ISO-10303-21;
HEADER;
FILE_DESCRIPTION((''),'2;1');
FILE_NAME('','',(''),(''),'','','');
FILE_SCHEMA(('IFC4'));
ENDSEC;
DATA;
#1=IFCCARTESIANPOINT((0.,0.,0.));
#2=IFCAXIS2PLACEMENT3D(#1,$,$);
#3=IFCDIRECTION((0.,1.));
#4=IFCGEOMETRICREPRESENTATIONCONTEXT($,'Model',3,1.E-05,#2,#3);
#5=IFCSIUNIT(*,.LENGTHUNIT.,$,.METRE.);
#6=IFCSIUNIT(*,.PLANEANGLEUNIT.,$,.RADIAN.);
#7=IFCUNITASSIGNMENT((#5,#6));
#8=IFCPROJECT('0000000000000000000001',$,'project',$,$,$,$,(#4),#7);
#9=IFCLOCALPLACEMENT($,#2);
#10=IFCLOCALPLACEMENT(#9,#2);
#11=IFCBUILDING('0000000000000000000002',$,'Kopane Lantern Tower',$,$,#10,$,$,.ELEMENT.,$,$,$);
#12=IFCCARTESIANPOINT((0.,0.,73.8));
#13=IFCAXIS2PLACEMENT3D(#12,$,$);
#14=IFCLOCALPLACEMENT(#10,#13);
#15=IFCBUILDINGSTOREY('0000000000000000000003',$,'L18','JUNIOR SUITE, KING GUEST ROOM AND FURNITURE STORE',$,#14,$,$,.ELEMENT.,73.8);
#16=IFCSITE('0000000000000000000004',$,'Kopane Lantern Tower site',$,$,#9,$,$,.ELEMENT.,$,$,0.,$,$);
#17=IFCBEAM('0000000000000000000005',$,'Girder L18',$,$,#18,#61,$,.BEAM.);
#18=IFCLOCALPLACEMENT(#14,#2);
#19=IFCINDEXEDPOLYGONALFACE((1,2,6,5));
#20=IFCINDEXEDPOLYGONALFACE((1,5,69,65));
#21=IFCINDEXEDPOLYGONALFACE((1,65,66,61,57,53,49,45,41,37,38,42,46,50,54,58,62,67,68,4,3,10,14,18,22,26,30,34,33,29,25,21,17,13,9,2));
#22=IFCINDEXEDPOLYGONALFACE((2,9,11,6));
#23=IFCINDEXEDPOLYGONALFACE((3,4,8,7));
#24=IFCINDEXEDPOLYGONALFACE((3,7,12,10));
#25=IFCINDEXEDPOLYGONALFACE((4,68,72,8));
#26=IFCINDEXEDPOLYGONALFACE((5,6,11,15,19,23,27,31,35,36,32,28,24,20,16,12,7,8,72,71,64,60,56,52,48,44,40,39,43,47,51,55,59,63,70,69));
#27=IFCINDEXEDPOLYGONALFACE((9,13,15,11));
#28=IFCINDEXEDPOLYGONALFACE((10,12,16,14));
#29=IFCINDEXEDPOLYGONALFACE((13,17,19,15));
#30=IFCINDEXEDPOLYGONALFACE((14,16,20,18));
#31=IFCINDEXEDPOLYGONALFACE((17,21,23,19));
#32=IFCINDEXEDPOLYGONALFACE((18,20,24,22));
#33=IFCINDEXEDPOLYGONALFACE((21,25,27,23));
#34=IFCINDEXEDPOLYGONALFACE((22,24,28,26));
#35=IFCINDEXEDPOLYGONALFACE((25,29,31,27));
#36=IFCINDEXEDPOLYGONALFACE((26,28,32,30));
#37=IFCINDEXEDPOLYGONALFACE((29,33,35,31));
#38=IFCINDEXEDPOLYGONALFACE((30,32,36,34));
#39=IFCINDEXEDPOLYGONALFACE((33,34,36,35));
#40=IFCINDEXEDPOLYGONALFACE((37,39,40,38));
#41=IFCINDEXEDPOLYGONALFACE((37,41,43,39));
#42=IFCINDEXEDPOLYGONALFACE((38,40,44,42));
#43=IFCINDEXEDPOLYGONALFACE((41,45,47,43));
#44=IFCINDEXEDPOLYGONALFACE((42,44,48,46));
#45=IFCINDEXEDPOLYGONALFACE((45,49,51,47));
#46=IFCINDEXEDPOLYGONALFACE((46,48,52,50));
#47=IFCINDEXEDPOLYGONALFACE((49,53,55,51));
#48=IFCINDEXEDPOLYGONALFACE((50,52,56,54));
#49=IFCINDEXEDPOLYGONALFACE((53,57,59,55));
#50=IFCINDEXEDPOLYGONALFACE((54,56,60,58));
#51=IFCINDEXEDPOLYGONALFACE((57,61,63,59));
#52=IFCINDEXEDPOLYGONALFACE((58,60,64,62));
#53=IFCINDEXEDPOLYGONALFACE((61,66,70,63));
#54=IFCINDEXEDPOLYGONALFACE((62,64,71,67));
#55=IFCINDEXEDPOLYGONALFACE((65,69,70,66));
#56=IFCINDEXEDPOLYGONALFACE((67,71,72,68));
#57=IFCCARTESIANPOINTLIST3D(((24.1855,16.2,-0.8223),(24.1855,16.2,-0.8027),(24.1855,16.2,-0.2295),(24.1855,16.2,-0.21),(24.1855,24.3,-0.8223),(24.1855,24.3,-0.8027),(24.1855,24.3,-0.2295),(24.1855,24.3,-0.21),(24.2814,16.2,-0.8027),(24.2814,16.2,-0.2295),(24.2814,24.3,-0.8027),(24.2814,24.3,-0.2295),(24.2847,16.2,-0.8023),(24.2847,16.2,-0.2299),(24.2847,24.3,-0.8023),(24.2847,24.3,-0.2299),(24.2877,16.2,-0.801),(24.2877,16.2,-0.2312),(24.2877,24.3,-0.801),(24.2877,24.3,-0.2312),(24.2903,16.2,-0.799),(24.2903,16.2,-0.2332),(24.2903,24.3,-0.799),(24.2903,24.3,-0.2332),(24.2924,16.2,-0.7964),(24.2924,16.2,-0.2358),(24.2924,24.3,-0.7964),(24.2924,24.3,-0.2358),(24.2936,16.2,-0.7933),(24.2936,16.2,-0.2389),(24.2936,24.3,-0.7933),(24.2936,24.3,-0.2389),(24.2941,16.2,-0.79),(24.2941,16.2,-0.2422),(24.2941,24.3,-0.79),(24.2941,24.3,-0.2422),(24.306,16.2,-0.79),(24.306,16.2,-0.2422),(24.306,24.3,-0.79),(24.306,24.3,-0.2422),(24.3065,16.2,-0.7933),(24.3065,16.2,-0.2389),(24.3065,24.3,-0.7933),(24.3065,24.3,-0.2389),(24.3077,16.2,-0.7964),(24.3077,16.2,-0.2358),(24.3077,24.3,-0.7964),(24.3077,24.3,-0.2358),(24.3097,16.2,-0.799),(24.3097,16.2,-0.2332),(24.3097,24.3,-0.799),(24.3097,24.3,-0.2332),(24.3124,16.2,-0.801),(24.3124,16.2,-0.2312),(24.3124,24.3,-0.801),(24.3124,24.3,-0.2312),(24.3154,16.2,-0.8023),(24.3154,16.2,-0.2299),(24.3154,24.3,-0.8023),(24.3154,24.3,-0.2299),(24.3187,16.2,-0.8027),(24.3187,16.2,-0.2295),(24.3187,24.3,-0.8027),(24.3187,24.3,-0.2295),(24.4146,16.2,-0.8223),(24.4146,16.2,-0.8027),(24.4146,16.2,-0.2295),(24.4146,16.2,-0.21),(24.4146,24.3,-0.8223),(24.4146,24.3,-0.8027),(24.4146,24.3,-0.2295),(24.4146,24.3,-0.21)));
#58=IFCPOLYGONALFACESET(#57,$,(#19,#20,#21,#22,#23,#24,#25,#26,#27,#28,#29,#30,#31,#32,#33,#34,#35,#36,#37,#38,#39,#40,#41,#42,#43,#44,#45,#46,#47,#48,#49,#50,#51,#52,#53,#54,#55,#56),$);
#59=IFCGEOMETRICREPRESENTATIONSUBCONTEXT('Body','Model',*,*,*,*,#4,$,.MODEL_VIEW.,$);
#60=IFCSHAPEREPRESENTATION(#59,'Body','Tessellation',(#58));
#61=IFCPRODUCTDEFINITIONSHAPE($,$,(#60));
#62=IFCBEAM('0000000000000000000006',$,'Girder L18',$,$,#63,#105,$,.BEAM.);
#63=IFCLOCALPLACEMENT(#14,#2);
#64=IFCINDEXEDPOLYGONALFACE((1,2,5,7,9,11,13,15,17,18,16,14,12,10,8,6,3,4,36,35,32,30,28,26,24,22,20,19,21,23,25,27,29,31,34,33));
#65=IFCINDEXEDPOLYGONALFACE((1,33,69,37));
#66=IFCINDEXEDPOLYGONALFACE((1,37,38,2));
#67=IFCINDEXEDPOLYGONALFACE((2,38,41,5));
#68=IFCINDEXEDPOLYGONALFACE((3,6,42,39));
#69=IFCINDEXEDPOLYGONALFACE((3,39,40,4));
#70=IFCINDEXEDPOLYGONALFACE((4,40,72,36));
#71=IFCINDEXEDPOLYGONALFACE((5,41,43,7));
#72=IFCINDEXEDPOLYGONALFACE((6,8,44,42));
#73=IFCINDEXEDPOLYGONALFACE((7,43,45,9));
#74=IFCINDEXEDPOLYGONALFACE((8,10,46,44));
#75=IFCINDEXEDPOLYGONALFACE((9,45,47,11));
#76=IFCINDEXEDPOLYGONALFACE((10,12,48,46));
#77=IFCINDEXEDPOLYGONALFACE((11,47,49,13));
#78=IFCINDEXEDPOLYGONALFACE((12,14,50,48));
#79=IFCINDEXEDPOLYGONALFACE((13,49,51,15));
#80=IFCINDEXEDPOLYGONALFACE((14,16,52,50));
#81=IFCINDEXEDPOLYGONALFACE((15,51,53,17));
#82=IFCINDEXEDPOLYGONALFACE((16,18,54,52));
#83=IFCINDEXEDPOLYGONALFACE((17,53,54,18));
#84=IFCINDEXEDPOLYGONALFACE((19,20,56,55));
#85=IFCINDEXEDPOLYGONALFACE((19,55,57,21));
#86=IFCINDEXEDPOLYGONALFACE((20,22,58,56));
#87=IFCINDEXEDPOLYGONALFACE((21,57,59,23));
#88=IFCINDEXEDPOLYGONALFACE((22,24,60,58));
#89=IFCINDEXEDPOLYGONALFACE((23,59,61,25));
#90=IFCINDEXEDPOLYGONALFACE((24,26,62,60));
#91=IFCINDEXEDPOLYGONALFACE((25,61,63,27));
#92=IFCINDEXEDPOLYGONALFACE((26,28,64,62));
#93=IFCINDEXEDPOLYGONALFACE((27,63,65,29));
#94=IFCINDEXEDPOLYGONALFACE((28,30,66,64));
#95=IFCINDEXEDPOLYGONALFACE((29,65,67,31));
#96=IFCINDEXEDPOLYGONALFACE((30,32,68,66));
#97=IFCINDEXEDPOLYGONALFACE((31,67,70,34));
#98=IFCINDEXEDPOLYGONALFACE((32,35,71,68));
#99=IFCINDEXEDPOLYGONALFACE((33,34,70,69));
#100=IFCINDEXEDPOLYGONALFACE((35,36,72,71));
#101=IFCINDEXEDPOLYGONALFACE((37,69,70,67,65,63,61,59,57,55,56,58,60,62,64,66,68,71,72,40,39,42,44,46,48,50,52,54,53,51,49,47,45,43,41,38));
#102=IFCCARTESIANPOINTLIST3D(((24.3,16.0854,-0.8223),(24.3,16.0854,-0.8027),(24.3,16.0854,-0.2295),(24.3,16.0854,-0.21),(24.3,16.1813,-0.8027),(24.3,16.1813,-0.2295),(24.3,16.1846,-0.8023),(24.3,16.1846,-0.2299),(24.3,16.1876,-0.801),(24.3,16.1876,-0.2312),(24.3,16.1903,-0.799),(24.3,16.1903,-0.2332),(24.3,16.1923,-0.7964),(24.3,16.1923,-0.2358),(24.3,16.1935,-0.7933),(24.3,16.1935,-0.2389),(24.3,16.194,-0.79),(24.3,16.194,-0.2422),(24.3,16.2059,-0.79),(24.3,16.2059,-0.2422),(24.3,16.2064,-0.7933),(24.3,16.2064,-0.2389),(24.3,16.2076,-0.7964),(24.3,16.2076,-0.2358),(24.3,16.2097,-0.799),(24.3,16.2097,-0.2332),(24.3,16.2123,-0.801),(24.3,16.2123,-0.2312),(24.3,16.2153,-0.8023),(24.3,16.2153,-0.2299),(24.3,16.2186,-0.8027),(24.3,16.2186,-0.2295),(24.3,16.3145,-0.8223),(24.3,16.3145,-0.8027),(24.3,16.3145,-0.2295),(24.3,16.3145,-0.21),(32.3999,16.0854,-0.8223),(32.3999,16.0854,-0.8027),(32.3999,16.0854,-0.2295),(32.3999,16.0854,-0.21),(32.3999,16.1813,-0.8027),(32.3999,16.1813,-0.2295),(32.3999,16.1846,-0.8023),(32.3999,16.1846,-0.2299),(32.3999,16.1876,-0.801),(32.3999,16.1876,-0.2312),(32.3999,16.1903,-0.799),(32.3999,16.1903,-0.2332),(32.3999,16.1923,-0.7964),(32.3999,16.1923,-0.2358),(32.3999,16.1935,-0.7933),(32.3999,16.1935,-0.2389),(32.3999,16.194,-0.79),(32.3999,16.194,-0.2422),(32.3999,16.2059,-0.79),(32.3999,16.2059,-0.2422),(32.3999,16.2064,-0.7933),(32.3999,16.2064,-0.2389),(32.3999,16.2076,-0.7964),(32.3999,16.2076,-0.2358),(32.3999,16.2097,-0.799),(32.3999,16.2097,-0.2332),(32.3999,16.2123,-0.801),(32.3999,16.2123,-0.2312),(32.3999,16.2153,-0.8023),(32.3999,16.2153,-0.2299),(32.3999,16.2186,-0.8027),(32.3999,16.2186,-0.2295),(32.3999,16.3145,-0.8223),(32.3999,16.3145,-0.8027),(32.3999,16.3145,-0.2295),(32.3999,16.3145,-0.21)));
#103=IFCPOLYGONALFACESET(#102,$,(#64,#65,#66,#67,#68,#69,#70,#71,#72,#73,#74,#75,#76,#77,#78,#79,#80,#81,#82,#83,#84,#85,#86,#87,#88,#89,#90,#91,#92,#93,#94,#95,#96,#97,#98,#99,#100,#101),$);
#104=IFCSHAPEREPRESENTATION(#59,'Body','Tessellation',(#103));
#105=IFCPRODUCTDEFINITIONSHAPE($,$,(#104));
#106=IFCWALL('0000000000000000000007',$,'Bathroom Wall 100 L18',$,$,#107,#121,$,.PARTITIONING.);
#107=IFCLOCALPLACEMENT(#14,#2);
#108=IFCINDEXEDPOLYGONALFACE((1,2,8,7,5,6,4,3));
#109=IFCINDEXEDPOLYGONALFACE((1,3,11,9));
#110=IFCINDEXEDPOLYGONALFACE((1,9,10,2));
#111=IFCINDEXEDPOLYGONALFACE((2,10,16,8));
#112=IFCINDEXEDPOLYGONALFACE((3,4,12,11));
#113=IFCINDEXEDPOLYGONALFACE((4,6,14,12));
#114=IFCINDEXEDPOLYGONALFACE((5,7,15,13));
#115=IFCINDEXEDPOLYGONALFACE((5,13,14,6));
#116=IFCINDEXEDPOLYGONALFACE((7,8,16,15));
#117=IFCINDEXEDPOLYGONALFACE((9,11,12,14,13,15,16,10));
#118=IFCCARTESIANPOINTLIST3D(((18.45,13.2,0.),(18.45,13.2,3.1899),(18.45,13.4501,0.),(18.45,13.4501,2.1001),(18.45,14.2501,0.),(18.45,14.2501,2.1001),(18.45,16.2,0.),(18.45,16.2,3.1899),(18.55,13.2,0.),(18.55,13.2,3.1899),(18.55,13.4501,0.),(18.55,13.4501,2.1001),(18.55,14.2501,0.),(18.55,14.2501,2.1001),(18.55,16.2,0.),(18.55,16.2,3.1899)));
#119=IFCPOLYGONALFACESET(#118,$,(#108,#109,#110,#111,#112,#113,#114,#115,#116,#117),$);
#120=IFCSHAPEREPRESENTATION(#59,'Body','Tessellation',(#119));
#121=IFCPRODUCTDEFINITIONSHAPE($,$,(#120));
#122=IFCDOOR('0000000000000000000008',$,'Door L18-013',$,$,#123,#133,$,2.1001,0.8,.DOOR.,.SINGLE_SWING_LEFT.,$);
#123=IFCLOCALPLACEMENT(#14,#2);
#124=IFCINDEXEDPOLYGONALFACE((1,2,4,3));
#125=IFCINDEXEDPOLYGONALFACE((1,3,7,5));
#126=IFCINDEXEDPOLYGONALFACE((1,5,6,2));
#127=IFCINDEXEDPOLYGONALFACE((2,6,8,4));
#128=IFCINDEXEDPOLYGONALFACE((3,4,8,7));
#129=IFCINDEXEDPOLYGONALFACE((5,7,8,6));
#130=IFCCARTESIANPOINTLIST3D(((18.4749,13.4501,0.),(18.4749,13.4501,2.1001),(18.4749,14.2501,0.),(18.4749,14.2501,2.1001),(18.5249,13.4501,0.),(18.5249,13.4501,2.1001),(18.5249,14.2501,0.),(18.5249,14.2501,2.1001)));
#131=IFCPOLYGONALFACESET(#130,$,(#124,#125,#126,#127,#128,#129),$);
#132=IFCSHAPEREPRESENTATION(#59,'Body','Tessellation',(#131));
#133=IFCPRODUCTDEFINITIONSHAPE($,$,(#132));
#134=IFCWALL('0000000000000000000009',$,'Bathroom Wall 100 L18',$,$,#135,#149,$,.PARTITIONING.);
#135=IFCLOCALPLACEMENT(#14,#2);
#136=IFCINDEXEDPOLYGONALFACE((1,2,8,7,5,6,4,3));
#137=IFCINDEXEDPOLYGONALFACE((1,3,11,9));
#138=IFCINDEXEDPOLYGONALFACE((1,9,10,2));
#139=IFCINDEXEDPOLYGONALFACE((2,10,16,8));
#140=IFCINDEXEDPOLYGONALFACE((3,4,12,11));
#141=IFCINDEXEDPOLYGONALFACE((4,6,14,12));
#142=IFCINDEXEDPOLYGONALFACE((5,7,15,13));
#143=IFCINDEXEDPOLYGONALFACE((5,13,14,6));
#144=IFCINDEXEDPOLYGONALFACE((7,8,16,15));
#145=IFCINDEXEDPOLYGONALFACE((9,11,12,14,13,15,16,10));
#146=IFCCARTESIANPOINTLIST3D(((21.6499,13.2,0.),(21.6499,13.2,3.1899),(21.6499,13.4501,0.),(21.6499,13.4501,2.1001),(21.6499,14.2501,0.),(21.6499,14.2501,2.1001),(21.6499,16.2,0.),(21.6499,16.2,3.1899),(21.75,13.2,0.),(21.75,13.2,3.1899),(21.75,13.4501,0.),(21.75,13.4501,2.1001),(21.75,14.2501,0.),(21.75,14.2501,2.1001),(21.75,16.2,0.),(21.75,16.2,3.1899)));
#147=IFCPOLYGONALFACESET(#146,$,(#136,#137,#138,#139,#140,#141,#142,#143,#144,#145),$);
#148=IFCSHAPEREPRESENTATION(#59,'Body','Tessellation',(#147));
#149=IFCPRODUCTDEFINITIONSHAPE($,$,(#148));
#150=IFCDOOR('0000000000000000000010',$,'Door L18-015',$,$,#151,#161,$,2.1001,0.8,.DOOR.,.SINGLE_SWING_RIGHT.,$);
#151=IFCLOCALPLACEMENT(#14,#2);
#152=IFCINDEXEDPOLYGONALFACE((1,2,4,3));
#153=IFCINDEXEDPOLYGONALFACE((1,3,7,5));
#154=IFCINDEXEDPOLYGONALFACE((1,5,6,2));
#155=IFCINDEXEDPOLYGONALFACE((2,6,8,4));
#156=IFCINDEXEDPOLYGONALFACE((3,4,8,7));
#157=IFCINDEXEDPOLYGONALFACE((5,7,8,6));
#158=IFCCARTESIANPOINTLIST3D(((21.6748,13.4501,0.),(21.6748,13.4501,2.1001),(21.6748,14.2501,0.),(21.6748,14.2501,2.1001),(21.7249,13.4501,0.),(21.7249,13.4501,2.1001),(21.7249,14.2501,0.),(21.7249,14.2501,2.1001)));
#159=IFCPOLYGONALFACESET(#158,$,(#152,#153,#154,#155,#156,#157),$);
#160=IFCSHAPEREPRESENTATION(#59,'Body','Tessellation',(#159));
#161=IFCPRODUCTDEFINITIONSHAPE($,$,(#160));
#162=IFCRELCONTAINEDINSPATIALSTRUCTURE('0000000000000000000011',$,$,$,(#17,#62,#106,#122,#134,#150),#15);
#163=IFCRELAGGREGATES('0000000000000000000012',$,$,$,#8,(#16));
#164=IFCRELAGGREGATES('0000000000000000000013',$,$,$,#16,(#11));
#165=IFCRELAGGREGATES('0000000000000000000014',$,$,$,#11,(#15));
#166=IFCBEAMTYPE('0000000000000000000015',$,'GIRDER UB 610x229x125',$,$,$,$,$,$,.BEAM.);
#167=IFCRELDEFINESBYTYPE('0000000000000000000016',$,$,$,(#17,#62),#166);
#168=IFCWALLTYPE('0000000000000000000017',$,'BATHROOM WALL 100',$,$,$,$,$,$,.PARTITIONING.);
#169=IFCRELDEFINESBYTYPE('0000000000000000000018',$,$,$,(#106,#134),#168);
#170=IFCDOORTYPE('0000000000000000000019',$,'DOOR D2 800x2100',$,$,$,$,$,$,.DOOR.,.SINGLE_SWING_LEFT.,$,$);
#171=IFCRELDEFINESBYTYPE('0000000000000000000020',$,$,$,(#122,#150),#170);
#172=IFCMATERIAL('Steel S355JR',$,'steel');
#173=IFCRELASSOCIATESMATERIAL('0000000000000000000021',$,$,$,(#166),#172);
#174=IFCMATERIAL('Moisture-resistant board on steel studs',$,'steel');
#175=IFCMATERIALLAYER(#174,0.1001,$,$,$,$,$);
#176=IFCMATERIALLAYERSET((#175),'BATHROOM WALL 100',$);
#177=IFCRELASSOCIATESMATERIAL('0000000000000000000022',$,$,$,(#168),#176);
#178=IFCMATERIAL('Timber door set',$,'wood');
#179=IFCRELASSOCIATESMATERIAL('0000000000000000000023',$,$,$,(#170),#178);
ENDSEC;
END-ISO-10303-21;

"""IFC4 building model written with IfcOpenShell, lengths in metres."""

from ifc_helpers import new_model, si_unit, direction, frame, frame_2d, origin, origin_2d, place, context, subcontext, project, spatial, rectangle, i_section, extrude, material, layer, layer_set, material_profile, profile_set, type_object, element, fill, save


model = new_model("IFC4")

# Units and contexts
model_context = context("Model", 3, precision=1e-05, world=origin(), true_north=direction((0.0, 1.0)))
body_context = subcontext(model_context, "Body", "Model", "MODEL_VIEW")
ifc_project = project(units=[si_unit("LENGTHUNIT", "METRE"), si_unit("PLANEANGLEUNIT", "RADIAN")], contexts=[model_context])

# Site, building, storey
site_placement = place(None, origin())
site = spatial("IfcSite", under=ifc_project, at=site_placement, Name="Kopane Lantern Tower site", CompositionType="ELEMENT", RefElevation=0.0)
building_placement = place(site_placement, origin())
building = spatial("IfcBuilding", under=site, at=building_placement, Name="Kopane Lantern Tower", CompositionType="ELEMENT")
storey_placement = place(building_placement, frame((0.0, 0.0, 73.8)))
storey = spatial("IfcBuildingStorey", under=building, at=storey_placement, Name="L18", Description="JUNIOR SUITE, KING GUEST ROOM AND FURNITURE STORE", CompositionType="ELEMENT", Elevation=73.8)

# Beams
ifc_material_1 = material(Name="Steel S355JR", Category="steel")
ifc_material_profile_1 = material_profile(ifc_material_1, i_section(OverallWidth=0.229, OverallDepth=0.6123, WebThickness=0.012, FlangeThickness=0.0195, FilletRadius=0.0127, at=origin_2d()), Name="UB 610x229x125")
ifc_profile_set_1 = profile_set([ifc_material_profile_1], Name="Steel S355JR")
beam_type = type_object("IfcBeamType", Name="GIRDER UB 610x229x125", PredefinedType="BEAM", material=ifc_profile_set_1)
for number, where, z_axis, x_axis, name in (
    (1, (24.3, 16.2, -0.5161), (0.0, 1.0, 0.0), (-1.0, 0.0, 0.0), "Girder L18"),
):
    element("IfcBeam", number, at=place(storey_placement, frame(where, z_axis=z_axis, x_axis=x_axis)), inside=storey, type_object=beam_type, Name=name, PredefinedType="BEAM", context=body_context, shape_type="SweptSolid", body=[
        extrude(i_section(OverallWidth=0.229, OverallDepth=0.6123, WebThickness=0.012, FlangeThickness=0.0195, FilletRadius=0.0127, at=origin_2d()), origin(), (0.0, 0.0, 1.0), 8.1001),
    ])
beam_1_placement = place(storey_placement, frame((24.3, 16.2, -0.5161), z_axis=(1.0, 0.0, 0.0), x_axis=(0.0, 1.0, 0.0)))
element("IfcBeam", 2, at=beam_1_placement, inside=storey, type_object=beam_type, Name="Girder L18", PredefinedType="BEAM", context=body_context, shape_type="SweptSolid", body=[
    extrude(i_section(OverallWidth=0.229, OverallDepth=0.6123, WebThickness=0.012, FlangeThickness=0.0195, FilletRadius=0.0127, at=origin_2d()), origin(), (0.0, 0.0, 1.0), 8.0999),
])

# Walls, openings, doors
ifc_material_2 = material(Name="Moisture-resistant board on steel studs", Category="steel")
ifc_layer_1 = layer(ifc_material_2, 0.1001)
ifc_layer_set_1 = layer_set([ifc_layer_1], Name="BATHROOM WALL 100")
wall_type_1 = type_object("IfcWallType", Name="BATHROOM WALL 100", PredefinedType="PARTITIONING", material=ifc_layer_set_1)
wall_1_placement = place(storey_placement, frame((18.5, 16.2, 0.0), z_axis=(0.0, 0.0, 1.0), x_axis=(0.0, -1.0, 0.0)))
wall_1 = element("IfcWall", 3, at=wall_1_placement, inside=storey, type_object=wall_type_1, Name="Bathroom Wall 100 L18", PredefinedType="PARTITIONING", context=body_context, shape_type="SweptSolid", body=[
    extrude(rectangle(XDim=3.0, YDim=0.1001, at=frame_2d((1.5, 0.0))), origin(), (0.0, 0.0, 1.0), 3.1899),
])
opening_1_placement = place(wall_1_placement, frame((1.95, 0.0, 0.0)))
opening_1 = element("IfcOpeningElement", 4, at=opening_1_placement, cuts=wall_1, PredefinedType="OPENING", context=body_context, shape_type="SweptSolid", body=[
    extrude(rectangle(XDim=0.8, YDim=2.1001, at=frame_2d((0.3999, 1.05))), frame((0.0, 0.0601, 0.0), z_axis=(0.0, -1.0, 0.0), x_axis=(1.0, 0.0, 0.0)), (0.0, 0.0, 1.0), 0.1201),
])
ifc_material_3 = material(Name="Timber door set", Category="wood")
door_type_1 = type_object("IfcDoorType", Name="DOOR D2 800x2100", OperationType="SINGLE_SWING_LEFT", PredefinedType="DOOR", material=ifc_material_3)
door_1_placement = place(opening_1_placement, origin())
door_1 = element("IfcDoor", 5, at=door_1_placement, inside=storey, type_object=door_type_1, Name="Door L18-013", OperationType="SINGLE_SWING_LEFT", OverallHeight=2.1001, OverallWidth=0.8, PredefinedType="DOOR", context=body_context, shape_type="SweptSolid", body=[
    extrude(rectangle(XDim=0.8, YDim=2.1001, at=frame_2d((0.3999, 1.05))), frame((0.0, 0.0249, 0.0), z_axis=(0.0, -1.0, 0.0), x_axis=(1.0, 0.0, 0.0)), (0.0, 0.0, 1.0), 0.05),
])
fill(opening_1, door_1)
wall_2_placement = place(storey_placement, frame((21.7, 16.2, 0.0), z_axis=(0.0, 0.0, 1.0), x_axis=(0.0, -1.0, 0.0)))
wall_2 = element("IfcWall", 6, at=wall_2_placement, inside=storey, type_object=wall_type_1, Name="Bathroom Wall 100 L18", PredefinedType="PARTITIONING", context=body_context, shape_type="SweptSolid", body=[
    extrude(rectangle(XDim=3.0, YDim=0.1001, at=frame_2d((1.5, 0.0))), origin(), (0.0, 0.0, 1.0), 3.1899),
])
opening_2_placement = place(wall_2_placement, frame((1.95, 0.0, 0.0)))
opening_2 = element("IfcOpeningElement", 7, at=opening_2_placement, cuts=wall_2, PredefinedType="OPENING", context=body_context, shape_type="SweptSolid", body=[
    extrude(rectangle(XDim=0.8, YDim=2.1001, at=frame_2d((0.3999, 1.05))), frame((0.0, 0.0601, 0.0), z_axis=(0.0, -1.0, 0.0), x_axis=(1.0, 0.0, 0.0)), (0.0, 0.0, 1.0), 0.1201),
])
door_2_placement = place(opening_2_placement, origin())
door_2 = element("IfcDoor", 8, at=door_2_placement, inside=storey, type_object=door_type_1, Name="Door L18-015", OperationType="SINGLE_SWING_RIGHT", OverallHeight=2.1001, OverallWidth=0.8, PredefinedType="DOOR", context=body_context, shape_type="SweptSolid", body=[
    extrude(rectangle(XDim=0.8, YDim=2.1001, at=frame_2d((0.3999, 1.05))), frame((0.0, 0.0249, 0.0), z_axis=(0.0, -1.0, 0.0), x_axis=(1.0, 0.0, 0.0)), (0.0, 0.0, 1.0), 0.05),
])
fill(opening_2, door_2)

save(model, "model.ifc")
